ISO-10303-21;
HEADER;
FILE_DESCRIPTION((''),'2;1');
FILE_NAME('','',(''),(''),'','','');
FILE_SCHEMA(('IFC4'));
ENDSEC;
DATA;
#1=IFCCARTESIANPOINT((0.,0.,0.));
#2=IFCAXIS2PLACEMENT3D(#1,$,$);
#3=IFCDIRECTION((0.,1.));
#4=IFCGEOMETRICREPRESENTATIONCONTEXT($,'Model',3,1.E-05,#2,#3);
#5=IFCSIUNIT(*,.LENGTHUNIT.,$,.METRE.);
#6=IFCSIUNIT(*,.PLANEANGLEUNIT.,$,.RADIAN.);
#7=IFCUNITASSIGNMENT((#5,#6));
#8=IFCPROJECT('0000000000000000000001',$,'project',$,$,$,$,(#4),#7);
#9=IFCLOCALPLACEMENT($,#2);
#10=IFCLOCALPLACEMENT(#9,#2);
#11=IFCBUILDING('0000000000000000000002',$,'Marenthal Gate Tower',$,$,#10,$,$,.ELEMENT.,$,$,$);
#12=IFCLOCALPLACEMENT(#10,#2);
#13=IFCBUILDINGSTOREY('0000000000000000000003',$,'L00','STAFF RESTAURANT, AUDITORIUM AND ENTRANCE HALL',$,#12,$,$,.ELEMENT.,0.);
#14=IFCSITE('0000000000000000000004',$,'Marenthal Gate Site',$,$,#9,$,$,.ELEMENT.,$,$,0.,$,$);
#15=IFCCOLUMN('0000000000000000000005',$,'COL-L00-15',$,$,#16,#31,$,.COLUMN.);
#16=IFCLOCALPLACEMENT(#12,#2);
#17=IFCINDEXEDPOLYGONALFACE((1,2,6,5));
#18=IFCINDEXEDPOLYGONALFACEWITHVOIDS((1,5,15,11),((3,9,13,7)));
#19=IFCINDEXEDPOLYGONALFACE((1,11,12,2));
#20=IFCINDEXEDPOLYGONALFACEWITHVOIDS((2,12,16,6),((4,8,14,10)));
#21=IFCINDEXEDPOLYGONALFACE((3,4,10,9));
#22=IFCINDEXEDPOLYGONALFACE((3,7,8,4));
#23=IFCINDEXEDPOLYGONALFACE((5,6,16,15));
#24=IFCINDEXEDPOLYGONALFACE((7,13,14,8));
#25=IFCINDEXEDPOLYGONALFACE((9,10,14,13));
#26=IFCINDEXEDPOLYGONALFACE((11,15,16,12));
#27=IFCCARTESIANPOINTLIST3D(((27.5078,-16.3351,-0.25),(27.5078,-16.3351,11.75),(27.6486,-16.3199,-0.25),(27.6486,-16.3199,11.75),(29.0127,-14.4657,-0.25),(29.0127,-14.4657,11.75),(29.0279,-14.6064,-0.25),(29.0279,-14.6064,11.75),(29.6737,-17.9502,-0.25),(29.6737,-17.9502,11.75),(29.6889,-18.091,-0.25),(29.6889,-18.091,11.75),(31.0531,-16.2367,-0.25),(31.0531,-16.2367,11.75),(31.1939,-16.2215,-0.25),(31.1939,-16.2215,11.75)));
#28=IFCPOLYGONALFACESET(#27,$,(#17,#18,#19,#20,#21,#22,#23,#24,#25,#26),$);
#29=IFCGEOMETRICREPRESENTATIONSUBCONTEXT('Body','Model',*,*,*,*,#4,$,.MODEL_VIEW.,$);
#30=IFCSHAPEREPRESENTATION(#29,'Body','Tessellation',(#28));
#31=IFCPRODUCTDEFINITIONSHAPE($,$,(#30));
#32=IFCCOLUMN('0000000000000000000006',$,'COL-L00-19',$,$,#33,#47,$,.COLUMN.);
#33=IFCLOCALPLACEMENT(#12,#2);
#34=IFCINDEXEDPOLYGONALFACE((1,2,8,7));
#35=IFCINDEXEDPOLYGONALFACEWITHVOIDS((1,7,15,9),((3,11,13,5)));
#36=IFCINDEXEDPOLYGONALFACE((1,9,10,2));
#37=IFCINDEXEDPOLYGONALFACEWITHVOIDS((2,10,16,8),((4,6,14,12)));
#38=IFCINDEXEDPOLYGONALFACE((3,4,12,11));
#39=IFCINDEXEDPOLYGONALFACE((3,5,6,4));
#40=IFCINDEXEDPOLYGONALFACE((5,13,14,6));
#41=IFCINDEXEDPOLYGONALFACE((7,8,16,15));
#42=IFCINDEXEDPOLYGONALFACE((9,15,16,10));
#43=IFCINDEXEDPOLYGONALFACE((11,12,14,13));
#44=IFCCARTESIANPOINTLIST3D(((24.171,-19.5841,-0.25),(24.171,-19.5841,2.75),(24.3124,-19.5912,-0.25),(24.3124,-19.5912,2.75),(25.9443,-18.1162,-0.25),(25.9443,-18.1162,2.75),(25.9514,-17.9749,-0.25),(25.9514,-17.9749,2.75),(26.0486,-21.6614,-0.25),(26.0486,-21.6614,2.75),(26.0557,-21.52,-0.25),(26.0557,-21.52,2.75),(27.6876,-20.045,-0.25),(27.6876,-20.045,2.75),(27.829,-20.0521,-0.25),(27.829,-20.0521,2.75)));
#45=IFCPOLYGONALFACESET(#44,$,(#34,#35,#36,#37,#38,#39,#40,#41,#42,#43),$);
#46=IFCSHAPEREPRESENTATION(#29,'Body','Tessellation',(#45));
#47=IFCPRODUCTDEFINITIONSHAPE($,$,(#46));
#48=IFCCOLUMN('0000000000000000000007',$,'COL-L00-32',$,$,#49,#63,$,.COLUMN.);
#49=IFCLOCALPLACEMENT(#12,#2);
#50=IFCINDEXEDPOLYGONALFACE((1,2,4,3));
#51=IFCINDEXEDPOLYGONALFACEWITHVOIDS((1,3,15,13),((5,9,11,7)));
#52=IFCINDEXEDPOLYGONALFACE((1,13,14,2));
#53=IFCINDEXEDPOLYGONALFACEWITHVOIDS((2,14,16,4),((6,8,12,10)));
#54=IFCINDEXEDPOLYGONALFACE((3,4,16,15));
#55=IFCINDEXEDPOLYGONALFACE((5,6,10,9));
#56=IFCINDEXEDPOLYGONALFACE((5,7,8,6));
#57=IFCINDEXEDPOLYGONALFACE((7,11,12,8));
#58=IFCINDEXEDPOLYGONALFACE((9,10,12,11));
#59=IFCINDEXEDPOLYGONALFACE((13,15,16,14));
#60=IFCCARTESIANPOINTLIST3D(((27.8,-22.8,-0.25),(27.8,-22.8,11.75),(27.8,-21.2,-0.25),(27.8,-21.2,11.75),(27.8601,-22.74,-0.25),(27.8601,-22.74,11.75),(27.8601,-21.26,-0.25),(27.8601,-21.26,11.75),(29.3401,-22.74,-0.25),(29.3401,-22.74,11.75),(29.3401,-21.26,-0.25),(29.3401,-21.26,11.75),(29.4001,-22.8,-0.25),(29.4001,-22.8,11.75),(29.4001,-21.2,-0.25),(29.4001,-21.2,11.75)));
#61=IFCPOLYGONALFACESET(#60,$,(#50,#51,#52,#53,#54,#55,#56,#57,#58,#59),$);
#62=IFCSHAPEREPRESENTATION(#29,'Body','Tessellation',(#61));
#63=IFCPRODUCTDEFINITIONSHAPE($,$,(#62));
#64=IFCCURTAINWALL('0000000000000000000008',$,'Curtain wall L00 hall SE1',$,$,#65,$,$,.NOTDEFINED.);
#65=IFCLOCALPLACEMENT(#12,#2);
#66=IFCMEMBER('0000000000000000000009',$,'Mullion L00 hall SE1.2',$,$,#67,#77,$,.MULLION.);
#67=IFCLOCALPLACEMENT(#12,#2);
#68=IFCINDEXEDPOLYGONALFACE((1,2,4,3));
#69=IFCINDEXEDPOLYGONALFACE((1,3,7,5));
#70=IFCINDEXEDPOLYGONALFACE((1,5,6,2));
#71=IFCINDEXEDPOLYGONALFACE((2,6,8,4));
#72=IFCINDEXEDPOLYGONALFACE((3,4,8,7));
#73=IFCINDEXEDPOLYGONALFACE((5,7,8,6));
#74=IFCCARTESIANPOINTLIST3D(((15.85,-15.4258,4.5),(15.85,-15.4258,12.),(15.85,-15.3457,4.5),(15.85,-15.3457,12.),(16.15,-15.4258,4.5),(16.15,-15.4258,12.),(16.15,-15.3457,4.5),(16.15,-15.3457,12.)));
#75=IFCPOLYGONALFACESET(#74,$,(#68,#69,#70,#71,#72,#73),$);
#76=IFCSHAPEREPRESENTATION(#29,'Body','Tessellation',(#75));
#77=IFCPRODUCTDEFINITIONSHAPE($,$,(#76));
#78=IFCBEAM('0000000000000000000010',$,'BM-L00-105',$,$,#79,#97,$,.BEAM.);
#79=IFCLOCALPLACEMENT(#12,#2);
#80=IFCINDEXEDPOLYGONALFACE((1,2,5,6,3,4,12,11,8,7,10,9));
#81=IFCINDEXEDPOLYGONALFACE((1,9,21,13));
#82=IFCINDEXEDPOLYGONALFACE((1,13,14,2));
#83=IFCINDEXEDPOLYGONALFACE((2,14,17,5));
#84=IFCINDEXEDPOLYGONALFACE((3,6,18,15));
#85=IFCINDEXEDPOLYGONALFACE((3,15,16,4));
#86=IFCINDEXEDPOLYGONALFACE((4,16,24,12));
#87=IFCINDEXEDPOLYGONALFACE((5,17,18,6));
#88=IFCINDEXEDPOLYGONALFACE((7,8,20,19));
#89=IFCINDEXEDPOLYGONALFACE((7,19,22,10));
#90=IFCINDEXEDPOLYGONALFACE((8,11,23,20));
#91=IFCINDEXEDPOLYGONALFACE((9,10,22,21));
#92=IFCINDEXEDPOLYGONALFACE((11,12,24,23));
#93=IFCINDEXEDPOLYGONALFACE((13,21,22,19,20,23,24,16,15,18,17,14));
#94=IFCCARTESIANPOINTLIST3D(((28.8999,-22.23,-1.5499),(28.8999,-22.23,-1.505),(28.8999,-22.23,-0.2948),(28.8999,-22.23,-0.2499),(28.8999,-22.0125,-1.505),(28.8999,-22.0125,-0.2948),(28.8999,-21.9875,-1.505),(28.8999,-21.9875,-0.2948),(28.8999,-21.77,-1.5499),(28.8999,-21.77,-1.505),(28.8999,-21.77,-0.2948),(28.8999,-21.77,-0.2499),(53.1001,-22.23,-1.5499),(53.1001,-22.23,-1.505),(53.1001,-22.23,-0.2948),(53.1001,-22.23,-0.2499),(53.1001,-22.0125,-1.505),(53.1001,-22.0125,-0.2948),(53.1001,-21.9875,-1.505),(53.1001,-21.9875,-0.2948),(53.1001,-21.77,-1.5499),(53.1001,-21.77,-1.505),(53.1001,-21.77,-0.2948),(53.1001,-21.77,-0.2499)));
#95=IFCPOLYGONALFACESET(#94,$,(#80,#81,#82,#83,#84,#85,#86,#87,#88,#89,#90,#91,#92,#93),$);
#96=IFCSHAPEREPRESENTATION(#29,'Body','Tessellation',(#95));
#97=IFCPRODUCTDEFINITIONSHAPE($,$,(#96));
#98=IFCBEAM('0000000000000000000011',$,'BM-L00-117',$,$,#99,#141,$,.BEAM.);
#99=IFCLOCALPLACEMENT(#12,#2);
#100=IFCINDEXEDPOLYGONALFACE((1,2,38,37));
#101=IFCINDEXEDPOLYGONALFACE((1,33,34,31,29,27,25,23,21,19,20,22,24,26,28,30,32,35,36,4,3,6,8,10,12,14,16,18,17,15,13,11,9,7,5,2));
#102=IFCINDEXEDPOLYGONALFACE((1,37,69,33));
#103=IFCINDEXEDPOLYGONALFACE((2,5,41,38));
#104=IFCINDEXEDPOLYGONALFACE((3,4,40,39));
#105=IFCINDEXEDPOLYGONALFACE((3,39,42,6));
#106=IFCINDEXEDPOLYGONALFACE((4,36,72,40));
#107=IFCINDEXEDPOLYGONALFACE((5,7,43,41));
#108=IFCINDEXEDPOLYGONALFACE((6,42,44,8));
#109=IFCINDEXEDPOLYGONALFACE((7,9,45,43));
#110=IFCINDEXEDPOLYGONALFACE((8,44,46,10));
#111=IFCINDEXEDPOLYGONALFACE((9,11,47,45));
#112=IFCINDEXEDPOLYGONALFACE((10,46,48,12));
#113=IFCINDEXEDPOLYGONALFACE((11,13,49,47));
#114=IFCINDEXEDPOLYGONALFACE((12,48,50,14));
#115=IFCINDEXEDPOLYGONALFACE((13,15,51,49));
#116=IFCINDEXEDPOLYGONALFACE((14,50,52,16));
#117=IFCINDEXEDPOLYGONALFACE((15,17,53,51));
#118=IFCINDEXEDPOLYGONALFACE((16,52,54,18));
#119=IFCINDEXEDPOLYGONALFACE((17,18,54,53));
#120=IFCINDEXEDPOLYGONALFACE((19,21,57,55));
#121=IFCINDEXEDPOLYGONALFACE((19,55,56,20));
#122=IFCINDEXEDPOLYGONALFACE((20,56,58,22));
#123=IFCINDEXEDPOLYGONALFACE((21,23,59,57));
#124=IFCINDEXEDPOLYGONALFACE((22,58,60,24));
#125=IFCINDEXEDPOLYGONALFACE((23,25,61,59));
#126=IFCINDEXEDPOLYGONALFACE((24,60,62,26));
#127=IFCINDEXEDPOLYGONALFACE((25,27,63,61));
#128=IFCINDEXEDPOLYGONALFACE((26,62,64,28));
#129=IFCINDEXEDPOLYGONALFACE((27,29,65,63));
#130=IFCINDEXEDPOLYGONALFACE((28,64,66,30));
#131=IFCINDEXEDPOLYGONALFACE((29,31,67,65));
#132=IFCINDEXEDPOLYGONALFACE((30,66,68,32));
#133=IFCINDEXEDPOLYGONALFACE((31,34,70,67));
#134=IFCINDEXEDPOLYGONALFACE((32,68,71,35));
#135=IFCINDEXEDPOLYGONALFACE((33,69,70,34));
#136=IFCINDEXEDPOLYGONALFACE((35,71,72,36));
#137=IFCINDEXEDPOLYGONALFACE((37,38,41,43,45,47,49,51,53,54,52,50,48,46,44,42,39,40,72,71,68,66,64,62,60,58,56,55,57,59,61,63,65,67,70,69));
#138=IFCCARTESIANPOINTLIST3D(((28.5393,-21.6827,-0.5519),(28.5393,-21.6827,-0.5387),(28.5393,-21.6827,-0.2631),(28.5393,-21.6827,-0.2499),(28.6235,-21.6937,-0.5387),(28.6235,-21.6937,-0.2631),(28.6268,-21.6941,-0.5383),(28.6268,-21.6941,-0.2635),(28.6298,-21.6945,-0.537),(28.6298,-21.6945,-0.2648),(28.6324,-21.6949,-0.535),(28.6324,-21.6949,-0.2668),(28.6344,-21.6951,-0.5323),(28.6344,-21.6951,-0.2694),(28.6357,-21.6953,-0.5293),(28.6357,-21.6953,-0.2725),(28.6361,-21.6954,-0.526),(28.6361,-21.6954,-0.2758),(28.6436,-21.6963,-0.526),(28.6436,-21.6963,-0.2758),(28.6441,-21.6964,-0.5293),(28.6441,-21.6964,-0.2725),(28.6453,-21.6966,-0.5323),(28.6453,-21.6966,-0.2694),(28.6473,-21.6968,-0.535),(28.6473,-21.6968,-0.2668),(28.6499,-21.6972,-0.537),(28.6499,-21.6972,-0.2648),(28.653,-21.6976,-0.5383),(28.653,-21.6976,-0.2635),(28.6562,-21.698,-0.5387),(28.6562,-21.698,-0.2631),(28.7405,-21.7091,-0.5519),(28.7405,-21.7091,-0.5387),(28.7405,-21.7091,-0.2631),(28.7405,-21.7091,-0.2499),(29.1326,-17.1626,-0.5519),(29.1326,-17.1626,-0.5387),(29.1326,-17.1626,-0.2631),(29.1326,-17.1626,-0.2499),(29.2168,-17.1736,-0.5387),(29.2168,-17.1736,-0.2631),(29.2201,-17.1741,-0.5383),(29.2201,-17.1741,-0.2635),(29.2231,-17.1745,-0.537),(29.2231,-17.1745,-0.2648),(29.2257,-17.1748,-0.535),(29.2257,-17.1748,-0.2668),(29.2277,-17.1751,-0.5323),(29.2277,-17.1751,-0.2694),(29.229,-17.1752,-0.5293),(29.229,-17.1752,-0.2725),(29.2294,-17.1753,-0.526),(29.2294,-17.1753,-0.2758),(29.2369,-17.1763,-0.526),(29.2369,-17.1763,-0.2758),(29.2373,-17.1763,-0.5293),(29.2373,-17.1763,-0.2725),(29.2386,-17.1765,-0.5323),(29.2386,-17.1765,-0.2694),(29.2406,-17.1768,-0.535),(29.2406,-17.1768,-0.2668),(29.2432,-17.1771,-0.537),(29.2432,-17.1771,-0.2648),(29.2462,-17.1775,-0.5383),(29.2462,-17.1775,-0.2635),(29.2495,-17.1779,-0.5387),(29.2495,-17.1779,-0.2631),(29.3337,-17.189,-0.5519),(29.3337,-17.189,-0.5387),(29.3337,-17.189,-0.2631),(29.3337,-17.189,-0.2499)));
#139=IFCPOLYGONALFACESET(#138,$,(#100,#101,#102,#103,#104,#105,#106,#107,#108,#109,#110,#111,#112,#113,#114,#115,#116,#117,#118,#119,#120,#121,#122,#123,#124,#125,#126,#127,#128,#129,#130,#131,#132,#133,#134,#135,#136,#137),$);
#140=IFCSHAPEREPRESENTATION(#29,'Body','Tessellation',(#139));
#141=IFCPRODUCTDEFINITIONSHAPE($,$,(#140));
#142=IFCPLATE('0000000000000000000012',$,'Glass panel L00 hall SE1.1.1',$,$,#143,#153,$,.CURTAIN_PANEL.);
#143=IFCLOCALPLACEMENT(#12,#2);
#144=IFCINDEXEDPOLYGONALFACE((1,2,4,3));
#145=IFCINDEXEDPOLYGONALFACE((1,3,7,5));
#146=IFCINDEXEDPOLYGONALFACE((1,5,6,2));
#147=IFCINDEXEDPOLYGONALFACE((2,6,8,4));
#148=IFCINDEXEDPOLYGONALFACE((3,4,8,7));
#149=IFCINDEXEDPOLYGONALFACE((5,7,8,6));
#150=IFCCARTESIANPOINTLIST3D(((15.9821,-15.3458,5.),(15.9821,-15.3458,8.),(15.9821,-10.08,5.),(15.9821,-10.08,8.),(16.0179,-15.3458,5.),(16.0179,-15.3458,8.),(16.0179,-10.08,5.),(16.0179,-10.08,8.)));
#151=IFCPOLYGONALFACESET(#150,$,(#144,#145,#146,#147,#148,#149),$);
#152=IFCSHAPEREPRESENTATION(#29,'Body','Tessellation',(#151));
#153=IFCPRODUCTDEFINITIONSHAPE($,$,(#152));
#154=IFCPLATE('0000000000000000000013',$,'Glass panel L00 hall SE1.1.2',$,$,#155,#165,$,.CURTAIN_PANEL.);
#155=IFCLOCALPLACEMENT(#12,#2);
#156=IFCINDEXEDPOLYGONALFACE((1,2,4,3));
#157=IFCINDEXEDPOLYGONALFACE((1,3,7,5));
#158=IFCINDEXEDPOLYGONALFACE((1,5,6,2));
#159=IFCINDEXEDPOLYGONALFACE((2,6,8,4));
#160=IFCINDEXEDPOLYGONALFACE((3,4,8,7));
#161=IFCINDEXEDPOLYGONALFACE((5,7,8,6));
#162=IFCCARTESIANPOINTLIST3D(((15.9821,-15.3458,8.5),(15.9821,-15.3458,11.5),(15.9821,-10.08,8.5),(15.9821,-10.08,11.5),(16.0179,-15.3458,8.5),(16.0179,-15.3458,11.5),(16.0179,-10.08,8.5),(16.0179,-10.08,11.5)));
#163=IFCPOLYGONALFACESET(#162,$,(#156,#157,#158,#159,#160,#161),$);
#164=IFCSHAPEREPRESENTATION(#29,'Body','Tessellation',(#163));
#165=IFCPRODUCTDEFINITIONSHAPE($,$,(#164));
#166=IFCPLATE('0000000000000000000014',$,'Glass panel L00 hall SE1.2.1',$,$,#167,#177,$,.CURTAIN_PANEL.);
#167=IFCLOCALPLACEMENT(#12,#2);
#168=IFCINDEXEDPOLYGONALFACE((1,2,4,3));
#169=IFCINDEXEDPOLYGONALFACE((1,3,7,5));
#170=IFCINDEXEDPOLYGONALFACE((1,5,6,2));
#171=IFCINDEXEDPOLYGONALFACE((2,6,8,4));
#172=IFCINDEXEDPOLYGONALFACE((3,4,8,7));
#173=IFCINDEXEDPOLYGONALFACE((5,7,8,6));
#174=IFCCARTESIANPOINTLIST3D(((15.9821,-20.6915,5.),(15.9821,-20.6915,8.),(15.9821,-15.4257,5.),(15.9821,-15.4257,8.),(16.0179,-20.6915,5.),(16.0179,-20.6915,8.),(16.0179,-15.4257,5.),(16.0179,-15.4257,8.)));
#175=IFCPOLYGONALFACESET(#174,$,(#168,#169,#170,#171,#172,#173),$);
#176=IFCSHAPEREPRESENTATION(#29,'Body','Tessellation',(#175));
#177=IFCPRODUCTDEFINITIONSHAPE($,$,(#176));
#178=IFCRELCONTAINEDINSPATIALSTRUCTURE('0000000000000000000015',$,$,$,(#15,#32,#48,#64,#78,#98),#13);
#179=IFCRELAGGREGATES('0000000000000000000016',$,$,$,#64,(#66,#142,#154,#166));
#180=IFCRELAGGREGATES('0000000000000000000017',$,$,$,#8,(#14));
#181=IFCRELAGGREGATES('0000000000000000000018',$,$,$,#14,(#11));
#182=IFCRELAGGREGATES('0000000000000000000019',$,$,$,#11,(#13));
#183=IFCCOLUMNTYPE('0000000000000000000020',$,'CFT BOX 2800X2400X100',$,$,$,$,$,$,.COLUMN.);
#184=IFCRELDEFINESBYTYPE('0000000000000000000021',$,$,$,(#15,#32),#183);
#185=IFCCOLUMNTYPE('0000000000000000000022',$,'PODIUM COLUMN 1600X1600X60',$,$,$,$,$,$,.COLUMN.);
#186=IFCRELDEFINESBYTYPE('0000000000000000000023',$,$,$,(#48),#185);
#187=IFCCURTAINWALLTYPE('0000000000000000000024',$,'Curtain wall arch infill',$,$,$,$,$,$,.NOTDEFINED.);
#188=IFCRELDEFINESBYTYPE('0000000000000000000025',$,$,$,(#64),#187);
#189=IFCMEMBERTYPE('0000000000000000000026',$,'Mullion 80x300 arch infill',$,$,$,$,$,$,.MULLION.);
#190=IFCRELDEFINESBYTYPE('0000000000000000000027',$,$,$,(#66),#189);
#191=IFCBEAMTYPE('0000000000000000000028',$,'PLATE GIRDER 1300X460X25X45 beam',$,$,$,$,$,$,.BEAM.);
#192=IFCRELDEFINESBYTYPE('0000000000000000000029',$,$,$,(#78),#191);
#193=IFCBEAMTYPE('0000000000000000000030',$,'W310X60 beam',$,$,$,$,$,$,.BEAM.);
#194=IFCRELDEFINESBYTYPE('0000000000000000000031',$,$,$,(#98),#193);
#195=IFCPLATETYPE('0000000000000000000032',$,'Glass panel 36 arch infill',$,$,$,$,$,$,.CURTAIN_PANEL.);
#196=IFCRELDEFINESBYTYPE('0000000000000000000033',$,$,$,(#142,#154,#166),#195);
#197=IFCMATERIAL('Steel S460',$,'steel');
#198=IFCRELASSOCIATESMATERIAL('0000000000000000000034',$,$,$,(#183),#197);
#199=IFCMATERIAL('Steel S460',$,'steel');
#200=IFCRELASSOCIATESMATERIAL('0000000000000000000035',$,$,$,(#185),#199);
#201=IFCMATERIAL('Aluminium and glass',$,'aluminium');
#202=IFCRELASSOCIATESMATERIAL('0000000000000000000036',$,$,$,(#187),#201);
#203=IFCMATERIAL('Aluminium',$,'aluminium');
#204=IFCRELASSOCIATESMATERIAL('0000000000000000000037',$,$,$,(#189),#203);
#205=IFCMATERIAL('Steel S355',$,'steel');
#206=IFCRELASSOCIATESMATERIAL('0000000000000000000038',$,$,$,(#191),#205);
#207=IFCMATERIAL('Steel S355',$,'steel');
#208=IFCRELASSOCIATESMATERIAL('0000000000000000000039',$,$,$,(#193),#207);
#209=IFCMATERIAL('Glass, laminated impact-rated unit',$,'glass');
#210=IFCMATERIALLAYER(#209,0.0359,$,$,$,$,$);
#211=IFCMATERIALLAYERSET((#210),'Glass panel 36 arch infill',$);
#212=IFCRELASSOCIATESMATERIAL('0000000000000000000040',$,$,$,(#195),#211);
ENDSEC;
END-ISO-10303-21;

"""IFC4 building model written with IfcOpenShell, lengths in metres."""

from ifc_helpers import new_model, si_unit, direction, frame, origin, origin_2d, place, context, subcontext, project, spatial, rectangle, hollow_rectangle, i_section, extrude, material, layer, layer_set, material_profile, profile_set, type_object, element, aggregate, save


model = new_model("IFC4")

# Units and contexts
model_context = context("Model", 3, precision=1e-05, world=origin(), true_north=direction((0.0, 1.0)))
body_context = subcontext(model_context, "Body", "Model", "MODEL_VIEW")
ifc_project = project(units=[si_unit("LENGTHUNIT", "METRE"), si_unit("PLANEANGLEUNIT", "RADIAN")], contexts=[model_context])

# Site, building, storey
site_placement = place(None, origin())
site = spatial("IfcSite", under=ifc_project, at=site_placement, Name="Marenthal Gate Site", CompositionType="ELEMENT", RefElevation=0.0)
building_placement = place(site_placement, origin())
building = spatial("IfcBuilding", under=site, at=building_placement, Name="Marenthal Gate Tower", CompositionType="ELEMENT")
storey_placement = place(building_placement, origin())
storey = spatial("IfcBuildingStorey", under=building, at=storey_placement, Name="L00", Description="STAFF RESTAURANT, AUDITORIUM AND ENTRANCE HALL", CompositionType="ELEMENT", Elevation=0.0)

# Columns
ifc_material_1 = material(Name="Steel S460", Category="steel")
ifc_material_profile_1 = material_profile(ifc_material_1, hollow_rectangle(XDim=2.3999, YDim=2.8, WallThickness=0.1001, at=origin_2d()), Name="CFT BOX 2800X2400X100")
ifc_material_2 = material(Name="Concrete 70 MPa", Category="concrete")
ifc_material_profile_2 = material_profile(ifc_material_2, rectangle(XDim=2.2, YDim=2.6001, at=origin_2d()), Name="CFT BOX 2800X2400X100 INFILL")
ifc_profile_set_1 = profile_set([ifc_material_profile_1, ifc_material_profile_2], Name="Steel S460 shell, Concrete 70 MPa infill")
column_type_1 = type_object("IfcColumnType", Name="CFT BOX 2800X2400X100", PredefinedType="COLUMN", material=ifc_profile_set_1)
column_1_placement = place(storey_placement, frame((29.3508, -16.2783, -0.25), z_axis=(0.0, 0.0, 1.0), x_axis=(-0.62707, -0.778963, 0.0)))
element("IfcColumn", 1, at=column_1_placement, inside=storey, type_object=column_type_1, Name="COL-L00-15", PredefinedType="COLUMN", context=body_context, shape_type="SweptSolid", body=[
    extrude(hollow_rectangle(XDim=2.3999, YDim=2.8, WallThickness=0.1001, at=origin_2d()), origin(), (0.0, 0.0, 1.0), 12.0),
])
column_2_placement = place(storey_placement, frame((26.0, -19.8181, -0.25), z_axis=(0.0, 0.0, 1.0), x_axis=(-0.741874, -0.670539, 0.0)))
element("IfcColumn", 2, at=column_2_placement, inside=storey, type_object=column_type_1, Name="COL-L00-19", PredefinedType="COLUMN", context=body_context, shape_type="SweptSolid", body=[
    extrude(hollow_rectangle(XDim=2.3999, YDim=2.8, WallThickness=0.1001, at=origin_2d()), origin(), (0.0, 0.0, 1.0), 3.0),
])
ifc_material_3 = material(Name="Steel S460", Category="steel")
ifc_material_profile_3 = material_profile(ifc_material_3, hollow_rectangle(XDim=1.6001, YDim=1.6001, WallThickness=0.0601, at=origin_2d()), Name="CFT BOX 1600X1600X60")
ifc_material_4 = material(Name="Concrete 70 MPa", Category="concrete")
ifc_material_profile_4 = material_profile(ifc_material_4, rectangle(XDim=1.48, YDim=1.48, at=origin_2d()), Name="CFT BOX 1600X1600X60 INFILL")
ifc_profile_set_2 = profile_set([ifc_material_profile_3, ifc_material_profile_4], Name="Steel S460 shell, Concrete 70 MPa infill")
column_type_2 = type_object("IfcColumnType", Name="PODIUM COLUMN 1600X1600X60", PredefinedType="COLUMN", material=ifc_profile_set_2)
column_3_placement = place(storey_placement, frame((28.6001, -22.0, -0.25), z_axis=(0.0, 0.0, 1.0), x_axis=(1.0, 0.0, 0.0)))
element("IfcColumn", 3, at=column_3_placement, inside=storey, type_object=column_type_2, Name="COL-L00-32", PredefinedType="COLUMN", context=body_context, shape_type="SweptSolid", body=[
    extrude(hollow_rectangle(XDim=1.6001, YDim=1.6001, WallThickness=0.0601, at=origin_2d()), origin(), (0.0, 0.0, 1.0), 12.0),
])

# Curtain wall, member
ifc_material_5 = material(Name="Aluminium and glass", Category="aluminium")
curtain_wall_type = type_object("IfcCurtainWallType", Name="Curtain wall arch infill", PredefinedType="NOTDEFINED", material=ifc_material_5)
curtain_wall_placement = place(storey_placement, origin())
curtain_wall = element("IfcCurtainWall", 4, at=curtain_wall_placement, inside=storey, type_object=curtain_wall_type, Name="Curtain wall L00 hall SE1", PredefinedType="NOTDEFINED")
ifc_material_6 = material(Name="Aluminium", Category="aluminium")
ifc_material_profile_5 = material_profile(ifc_material_6, rectangle(XDim=0.3, YDim=0.0801, at=origin_2d()), Name="80x300 aluminium mullion")
ifc_profile_set_3 = profile_set([ifc_material_profile_5], Name="Aluminium")
member_type = type_object("IfcMemberType", Name="Mullion 80x300 arch infill", PredefinedType="MULLION", material=ifc_profile_set_3)
member_placement = place(storey_placement, frame((16.0, -15.3857, 4.5), z_axis=(0.0, 0.0, 1.0), x_axis=(1.0, 0.0, 0.0)))
member = element("IfcMember", 5, at=member_placement, type_object=member_type, Name="Mullion L00 hall SE1.2", PredefinedType="MULLION", context=body_context, shape_type="SweptSolid", body=[
    extrude(rectangle(XDim=0.3, YDim=0.0801, at=origin_2d()), origin(), (0.0, 0.0, 1.0), 7.5),
])

# Beams
ifc_material_7 = material(Name="Steel S355", Category="steel")
ifc_material_profile_6 = material_profile(ifc_material_7, i_section(OverallWidth=0.46, OverallDepth=1.3, WebThickness=0.0249, FlangeThickness=0.0449, at=origin_2d()), Name="PLATE GIRDER 1300X460X25X45")
ifc_profile_set_4 = profile_set([ifc_material_profile_6], Name="Steel S355")
beam_type_1 = type_object("IfcBeamType", Name="PLATE GIRDER 1300X460X25X45 beam", PredefinedType="BEAM", material=ifc_profile_set_4)
beam_1_placement = place(storey_placement, frame((28.8999, -22.0, -0.8999), z_axis=(1.0, 0.0, 0.0), x_axis=(0.0, 1.0, 0.0)))
element("IfcBeam", 6, at=beam_1_placement, inside=storey, type_object=beam_type_1, Name="BM-L00-105", PredefinedType="BEAM", context=body_context, shape_type="SweptSolid", body=[
    extrude(i_section(OverallWidth=0.46, OverallDepth=1.3, WebThickness=0.0249, FlangeThickness=0.0449, at=origin_2d()), origin(), (0.0, 0.0, 1.0), 24.2002),
])
ifc_material_8 = material(Name="Steel S355", Category="steel")
ifc_material_profile_7 = material_profile(ifc_material_8, i_section(OverallWidth=0.2029, OverallDepth=0.302, WebThickness=0.0076, FlangeThickness=0.0132, FilletRadius=0.0127, at=origin_2d()), Name="W310X60")
ifc_profile_set_5 = profile_set([ifc_material_profile_7], Name="Steel S355")
beam_type_2 = type_object("IfcBeamType", Name="W310X60 beam", PredefinedType="BEAM", material=ifc_profile_set_5)
beam_2_placement = place(storey_placement, frame((29.2332, -17.1758, -0.4009), z_axis=(-0.130136, -0.991496, 0.0), x_axis=(0.991496, -0.130136, 0.0)))
element("IfcBeam", 7, at=beam_2_placement, inside=storey, type_object=beam_type_2, Name="BM-L00-117", PredefinedType="BEAM", context=body_context, shape_type="SweptSolid", body=[
    extrude(i_section(OverallWidth=0.2029, OverallDepth=0.302, WebThickness=0.0076, FlangeThickness=0.0132, FilletRadius=0.0127, at=origin_2d()), origin(), (0.0, 0.0, 1.0), 4.5588),
])

# Plates
ifc_material_9 = material(Name="Glass, laminated impact-rated unit", Category="glass")
ifc_layer_1 = layer(ifc_material_9, 0.0359)
ifc_layer_set_1 = layer_set([ifc_layer_1], Name="Glass panel 36 arch infill")
plate_type = type_object("IfcPlateType", Name="Glass panel 36 arch infill", PredefinedType="CURTAIN_PANEL", material=ifc_layer_set_1)
plate_1_placement = place(storey_placement, frame((16.0, -12.7129, 5.0), z_axis=(0.0, 0.0, 1.0), x_axis=(0.0, -1.0, 0.0)))
plate_1 = element("IfcPlate", 8, at=plate_1_placement, type_object=plate_type, Name="Glass panel L00 hall SE1.1.1", PredefinedType="CURTAIN_PANEL", context=body_context, shape_type="SweptSolid", body=[
    extrude(rectangle(XDim=5.2659, YDim=0.0359, at=origin_2d()), origin(), (0.0, 0.0, 1.0), 3.0),
])
plate_2_placement = place(storey_placement, frame((16.0, -12.7129, 8.5), z_axis=(0.0, 0.0, 1.0), x_axis=(0.0, -1.0, 0.0)))
plate_2 = element("IfcPlate", 9, at=plate_2_placement, type_object=plate_type, Name="Glass panel L00 hall SE1.1.2", PredefinedType="CURTAIN_PANEL", context=body_context, shape_type="SweptSolid", body=[
    extrude(rectangle(XDim=5.2659, YDim=0.0359, at=origin_2d()), origin(), (0.0, 0.0, 1.0), 3.0),
])
plate_3_placement = place(storey_placement, frame((16.0, -18.0586, 5.0), z_axis=(0.0, 0.0, 1.0), x_axis=(0.0, -1.0, 0.0)))
plate_3 = element("IfcPlate", 10, at=plate_3_placement, type_object=plate_type, Name="Glass panel L00 hall SE1.2.1", PredefinedType="CURTAIN_PANEL", context=body_context, shape_type="SweptSolid", body=[
    extrude(rectangle(XDim=5.2659, YDim=0.0359, at=origin_2d()), origin(), (0.0, 0.0, 1.0), 3.0),
])
aggregate(curtain_wall, [member, plate_1, plate_2, plate_3])

save(model, "model.ifc")
